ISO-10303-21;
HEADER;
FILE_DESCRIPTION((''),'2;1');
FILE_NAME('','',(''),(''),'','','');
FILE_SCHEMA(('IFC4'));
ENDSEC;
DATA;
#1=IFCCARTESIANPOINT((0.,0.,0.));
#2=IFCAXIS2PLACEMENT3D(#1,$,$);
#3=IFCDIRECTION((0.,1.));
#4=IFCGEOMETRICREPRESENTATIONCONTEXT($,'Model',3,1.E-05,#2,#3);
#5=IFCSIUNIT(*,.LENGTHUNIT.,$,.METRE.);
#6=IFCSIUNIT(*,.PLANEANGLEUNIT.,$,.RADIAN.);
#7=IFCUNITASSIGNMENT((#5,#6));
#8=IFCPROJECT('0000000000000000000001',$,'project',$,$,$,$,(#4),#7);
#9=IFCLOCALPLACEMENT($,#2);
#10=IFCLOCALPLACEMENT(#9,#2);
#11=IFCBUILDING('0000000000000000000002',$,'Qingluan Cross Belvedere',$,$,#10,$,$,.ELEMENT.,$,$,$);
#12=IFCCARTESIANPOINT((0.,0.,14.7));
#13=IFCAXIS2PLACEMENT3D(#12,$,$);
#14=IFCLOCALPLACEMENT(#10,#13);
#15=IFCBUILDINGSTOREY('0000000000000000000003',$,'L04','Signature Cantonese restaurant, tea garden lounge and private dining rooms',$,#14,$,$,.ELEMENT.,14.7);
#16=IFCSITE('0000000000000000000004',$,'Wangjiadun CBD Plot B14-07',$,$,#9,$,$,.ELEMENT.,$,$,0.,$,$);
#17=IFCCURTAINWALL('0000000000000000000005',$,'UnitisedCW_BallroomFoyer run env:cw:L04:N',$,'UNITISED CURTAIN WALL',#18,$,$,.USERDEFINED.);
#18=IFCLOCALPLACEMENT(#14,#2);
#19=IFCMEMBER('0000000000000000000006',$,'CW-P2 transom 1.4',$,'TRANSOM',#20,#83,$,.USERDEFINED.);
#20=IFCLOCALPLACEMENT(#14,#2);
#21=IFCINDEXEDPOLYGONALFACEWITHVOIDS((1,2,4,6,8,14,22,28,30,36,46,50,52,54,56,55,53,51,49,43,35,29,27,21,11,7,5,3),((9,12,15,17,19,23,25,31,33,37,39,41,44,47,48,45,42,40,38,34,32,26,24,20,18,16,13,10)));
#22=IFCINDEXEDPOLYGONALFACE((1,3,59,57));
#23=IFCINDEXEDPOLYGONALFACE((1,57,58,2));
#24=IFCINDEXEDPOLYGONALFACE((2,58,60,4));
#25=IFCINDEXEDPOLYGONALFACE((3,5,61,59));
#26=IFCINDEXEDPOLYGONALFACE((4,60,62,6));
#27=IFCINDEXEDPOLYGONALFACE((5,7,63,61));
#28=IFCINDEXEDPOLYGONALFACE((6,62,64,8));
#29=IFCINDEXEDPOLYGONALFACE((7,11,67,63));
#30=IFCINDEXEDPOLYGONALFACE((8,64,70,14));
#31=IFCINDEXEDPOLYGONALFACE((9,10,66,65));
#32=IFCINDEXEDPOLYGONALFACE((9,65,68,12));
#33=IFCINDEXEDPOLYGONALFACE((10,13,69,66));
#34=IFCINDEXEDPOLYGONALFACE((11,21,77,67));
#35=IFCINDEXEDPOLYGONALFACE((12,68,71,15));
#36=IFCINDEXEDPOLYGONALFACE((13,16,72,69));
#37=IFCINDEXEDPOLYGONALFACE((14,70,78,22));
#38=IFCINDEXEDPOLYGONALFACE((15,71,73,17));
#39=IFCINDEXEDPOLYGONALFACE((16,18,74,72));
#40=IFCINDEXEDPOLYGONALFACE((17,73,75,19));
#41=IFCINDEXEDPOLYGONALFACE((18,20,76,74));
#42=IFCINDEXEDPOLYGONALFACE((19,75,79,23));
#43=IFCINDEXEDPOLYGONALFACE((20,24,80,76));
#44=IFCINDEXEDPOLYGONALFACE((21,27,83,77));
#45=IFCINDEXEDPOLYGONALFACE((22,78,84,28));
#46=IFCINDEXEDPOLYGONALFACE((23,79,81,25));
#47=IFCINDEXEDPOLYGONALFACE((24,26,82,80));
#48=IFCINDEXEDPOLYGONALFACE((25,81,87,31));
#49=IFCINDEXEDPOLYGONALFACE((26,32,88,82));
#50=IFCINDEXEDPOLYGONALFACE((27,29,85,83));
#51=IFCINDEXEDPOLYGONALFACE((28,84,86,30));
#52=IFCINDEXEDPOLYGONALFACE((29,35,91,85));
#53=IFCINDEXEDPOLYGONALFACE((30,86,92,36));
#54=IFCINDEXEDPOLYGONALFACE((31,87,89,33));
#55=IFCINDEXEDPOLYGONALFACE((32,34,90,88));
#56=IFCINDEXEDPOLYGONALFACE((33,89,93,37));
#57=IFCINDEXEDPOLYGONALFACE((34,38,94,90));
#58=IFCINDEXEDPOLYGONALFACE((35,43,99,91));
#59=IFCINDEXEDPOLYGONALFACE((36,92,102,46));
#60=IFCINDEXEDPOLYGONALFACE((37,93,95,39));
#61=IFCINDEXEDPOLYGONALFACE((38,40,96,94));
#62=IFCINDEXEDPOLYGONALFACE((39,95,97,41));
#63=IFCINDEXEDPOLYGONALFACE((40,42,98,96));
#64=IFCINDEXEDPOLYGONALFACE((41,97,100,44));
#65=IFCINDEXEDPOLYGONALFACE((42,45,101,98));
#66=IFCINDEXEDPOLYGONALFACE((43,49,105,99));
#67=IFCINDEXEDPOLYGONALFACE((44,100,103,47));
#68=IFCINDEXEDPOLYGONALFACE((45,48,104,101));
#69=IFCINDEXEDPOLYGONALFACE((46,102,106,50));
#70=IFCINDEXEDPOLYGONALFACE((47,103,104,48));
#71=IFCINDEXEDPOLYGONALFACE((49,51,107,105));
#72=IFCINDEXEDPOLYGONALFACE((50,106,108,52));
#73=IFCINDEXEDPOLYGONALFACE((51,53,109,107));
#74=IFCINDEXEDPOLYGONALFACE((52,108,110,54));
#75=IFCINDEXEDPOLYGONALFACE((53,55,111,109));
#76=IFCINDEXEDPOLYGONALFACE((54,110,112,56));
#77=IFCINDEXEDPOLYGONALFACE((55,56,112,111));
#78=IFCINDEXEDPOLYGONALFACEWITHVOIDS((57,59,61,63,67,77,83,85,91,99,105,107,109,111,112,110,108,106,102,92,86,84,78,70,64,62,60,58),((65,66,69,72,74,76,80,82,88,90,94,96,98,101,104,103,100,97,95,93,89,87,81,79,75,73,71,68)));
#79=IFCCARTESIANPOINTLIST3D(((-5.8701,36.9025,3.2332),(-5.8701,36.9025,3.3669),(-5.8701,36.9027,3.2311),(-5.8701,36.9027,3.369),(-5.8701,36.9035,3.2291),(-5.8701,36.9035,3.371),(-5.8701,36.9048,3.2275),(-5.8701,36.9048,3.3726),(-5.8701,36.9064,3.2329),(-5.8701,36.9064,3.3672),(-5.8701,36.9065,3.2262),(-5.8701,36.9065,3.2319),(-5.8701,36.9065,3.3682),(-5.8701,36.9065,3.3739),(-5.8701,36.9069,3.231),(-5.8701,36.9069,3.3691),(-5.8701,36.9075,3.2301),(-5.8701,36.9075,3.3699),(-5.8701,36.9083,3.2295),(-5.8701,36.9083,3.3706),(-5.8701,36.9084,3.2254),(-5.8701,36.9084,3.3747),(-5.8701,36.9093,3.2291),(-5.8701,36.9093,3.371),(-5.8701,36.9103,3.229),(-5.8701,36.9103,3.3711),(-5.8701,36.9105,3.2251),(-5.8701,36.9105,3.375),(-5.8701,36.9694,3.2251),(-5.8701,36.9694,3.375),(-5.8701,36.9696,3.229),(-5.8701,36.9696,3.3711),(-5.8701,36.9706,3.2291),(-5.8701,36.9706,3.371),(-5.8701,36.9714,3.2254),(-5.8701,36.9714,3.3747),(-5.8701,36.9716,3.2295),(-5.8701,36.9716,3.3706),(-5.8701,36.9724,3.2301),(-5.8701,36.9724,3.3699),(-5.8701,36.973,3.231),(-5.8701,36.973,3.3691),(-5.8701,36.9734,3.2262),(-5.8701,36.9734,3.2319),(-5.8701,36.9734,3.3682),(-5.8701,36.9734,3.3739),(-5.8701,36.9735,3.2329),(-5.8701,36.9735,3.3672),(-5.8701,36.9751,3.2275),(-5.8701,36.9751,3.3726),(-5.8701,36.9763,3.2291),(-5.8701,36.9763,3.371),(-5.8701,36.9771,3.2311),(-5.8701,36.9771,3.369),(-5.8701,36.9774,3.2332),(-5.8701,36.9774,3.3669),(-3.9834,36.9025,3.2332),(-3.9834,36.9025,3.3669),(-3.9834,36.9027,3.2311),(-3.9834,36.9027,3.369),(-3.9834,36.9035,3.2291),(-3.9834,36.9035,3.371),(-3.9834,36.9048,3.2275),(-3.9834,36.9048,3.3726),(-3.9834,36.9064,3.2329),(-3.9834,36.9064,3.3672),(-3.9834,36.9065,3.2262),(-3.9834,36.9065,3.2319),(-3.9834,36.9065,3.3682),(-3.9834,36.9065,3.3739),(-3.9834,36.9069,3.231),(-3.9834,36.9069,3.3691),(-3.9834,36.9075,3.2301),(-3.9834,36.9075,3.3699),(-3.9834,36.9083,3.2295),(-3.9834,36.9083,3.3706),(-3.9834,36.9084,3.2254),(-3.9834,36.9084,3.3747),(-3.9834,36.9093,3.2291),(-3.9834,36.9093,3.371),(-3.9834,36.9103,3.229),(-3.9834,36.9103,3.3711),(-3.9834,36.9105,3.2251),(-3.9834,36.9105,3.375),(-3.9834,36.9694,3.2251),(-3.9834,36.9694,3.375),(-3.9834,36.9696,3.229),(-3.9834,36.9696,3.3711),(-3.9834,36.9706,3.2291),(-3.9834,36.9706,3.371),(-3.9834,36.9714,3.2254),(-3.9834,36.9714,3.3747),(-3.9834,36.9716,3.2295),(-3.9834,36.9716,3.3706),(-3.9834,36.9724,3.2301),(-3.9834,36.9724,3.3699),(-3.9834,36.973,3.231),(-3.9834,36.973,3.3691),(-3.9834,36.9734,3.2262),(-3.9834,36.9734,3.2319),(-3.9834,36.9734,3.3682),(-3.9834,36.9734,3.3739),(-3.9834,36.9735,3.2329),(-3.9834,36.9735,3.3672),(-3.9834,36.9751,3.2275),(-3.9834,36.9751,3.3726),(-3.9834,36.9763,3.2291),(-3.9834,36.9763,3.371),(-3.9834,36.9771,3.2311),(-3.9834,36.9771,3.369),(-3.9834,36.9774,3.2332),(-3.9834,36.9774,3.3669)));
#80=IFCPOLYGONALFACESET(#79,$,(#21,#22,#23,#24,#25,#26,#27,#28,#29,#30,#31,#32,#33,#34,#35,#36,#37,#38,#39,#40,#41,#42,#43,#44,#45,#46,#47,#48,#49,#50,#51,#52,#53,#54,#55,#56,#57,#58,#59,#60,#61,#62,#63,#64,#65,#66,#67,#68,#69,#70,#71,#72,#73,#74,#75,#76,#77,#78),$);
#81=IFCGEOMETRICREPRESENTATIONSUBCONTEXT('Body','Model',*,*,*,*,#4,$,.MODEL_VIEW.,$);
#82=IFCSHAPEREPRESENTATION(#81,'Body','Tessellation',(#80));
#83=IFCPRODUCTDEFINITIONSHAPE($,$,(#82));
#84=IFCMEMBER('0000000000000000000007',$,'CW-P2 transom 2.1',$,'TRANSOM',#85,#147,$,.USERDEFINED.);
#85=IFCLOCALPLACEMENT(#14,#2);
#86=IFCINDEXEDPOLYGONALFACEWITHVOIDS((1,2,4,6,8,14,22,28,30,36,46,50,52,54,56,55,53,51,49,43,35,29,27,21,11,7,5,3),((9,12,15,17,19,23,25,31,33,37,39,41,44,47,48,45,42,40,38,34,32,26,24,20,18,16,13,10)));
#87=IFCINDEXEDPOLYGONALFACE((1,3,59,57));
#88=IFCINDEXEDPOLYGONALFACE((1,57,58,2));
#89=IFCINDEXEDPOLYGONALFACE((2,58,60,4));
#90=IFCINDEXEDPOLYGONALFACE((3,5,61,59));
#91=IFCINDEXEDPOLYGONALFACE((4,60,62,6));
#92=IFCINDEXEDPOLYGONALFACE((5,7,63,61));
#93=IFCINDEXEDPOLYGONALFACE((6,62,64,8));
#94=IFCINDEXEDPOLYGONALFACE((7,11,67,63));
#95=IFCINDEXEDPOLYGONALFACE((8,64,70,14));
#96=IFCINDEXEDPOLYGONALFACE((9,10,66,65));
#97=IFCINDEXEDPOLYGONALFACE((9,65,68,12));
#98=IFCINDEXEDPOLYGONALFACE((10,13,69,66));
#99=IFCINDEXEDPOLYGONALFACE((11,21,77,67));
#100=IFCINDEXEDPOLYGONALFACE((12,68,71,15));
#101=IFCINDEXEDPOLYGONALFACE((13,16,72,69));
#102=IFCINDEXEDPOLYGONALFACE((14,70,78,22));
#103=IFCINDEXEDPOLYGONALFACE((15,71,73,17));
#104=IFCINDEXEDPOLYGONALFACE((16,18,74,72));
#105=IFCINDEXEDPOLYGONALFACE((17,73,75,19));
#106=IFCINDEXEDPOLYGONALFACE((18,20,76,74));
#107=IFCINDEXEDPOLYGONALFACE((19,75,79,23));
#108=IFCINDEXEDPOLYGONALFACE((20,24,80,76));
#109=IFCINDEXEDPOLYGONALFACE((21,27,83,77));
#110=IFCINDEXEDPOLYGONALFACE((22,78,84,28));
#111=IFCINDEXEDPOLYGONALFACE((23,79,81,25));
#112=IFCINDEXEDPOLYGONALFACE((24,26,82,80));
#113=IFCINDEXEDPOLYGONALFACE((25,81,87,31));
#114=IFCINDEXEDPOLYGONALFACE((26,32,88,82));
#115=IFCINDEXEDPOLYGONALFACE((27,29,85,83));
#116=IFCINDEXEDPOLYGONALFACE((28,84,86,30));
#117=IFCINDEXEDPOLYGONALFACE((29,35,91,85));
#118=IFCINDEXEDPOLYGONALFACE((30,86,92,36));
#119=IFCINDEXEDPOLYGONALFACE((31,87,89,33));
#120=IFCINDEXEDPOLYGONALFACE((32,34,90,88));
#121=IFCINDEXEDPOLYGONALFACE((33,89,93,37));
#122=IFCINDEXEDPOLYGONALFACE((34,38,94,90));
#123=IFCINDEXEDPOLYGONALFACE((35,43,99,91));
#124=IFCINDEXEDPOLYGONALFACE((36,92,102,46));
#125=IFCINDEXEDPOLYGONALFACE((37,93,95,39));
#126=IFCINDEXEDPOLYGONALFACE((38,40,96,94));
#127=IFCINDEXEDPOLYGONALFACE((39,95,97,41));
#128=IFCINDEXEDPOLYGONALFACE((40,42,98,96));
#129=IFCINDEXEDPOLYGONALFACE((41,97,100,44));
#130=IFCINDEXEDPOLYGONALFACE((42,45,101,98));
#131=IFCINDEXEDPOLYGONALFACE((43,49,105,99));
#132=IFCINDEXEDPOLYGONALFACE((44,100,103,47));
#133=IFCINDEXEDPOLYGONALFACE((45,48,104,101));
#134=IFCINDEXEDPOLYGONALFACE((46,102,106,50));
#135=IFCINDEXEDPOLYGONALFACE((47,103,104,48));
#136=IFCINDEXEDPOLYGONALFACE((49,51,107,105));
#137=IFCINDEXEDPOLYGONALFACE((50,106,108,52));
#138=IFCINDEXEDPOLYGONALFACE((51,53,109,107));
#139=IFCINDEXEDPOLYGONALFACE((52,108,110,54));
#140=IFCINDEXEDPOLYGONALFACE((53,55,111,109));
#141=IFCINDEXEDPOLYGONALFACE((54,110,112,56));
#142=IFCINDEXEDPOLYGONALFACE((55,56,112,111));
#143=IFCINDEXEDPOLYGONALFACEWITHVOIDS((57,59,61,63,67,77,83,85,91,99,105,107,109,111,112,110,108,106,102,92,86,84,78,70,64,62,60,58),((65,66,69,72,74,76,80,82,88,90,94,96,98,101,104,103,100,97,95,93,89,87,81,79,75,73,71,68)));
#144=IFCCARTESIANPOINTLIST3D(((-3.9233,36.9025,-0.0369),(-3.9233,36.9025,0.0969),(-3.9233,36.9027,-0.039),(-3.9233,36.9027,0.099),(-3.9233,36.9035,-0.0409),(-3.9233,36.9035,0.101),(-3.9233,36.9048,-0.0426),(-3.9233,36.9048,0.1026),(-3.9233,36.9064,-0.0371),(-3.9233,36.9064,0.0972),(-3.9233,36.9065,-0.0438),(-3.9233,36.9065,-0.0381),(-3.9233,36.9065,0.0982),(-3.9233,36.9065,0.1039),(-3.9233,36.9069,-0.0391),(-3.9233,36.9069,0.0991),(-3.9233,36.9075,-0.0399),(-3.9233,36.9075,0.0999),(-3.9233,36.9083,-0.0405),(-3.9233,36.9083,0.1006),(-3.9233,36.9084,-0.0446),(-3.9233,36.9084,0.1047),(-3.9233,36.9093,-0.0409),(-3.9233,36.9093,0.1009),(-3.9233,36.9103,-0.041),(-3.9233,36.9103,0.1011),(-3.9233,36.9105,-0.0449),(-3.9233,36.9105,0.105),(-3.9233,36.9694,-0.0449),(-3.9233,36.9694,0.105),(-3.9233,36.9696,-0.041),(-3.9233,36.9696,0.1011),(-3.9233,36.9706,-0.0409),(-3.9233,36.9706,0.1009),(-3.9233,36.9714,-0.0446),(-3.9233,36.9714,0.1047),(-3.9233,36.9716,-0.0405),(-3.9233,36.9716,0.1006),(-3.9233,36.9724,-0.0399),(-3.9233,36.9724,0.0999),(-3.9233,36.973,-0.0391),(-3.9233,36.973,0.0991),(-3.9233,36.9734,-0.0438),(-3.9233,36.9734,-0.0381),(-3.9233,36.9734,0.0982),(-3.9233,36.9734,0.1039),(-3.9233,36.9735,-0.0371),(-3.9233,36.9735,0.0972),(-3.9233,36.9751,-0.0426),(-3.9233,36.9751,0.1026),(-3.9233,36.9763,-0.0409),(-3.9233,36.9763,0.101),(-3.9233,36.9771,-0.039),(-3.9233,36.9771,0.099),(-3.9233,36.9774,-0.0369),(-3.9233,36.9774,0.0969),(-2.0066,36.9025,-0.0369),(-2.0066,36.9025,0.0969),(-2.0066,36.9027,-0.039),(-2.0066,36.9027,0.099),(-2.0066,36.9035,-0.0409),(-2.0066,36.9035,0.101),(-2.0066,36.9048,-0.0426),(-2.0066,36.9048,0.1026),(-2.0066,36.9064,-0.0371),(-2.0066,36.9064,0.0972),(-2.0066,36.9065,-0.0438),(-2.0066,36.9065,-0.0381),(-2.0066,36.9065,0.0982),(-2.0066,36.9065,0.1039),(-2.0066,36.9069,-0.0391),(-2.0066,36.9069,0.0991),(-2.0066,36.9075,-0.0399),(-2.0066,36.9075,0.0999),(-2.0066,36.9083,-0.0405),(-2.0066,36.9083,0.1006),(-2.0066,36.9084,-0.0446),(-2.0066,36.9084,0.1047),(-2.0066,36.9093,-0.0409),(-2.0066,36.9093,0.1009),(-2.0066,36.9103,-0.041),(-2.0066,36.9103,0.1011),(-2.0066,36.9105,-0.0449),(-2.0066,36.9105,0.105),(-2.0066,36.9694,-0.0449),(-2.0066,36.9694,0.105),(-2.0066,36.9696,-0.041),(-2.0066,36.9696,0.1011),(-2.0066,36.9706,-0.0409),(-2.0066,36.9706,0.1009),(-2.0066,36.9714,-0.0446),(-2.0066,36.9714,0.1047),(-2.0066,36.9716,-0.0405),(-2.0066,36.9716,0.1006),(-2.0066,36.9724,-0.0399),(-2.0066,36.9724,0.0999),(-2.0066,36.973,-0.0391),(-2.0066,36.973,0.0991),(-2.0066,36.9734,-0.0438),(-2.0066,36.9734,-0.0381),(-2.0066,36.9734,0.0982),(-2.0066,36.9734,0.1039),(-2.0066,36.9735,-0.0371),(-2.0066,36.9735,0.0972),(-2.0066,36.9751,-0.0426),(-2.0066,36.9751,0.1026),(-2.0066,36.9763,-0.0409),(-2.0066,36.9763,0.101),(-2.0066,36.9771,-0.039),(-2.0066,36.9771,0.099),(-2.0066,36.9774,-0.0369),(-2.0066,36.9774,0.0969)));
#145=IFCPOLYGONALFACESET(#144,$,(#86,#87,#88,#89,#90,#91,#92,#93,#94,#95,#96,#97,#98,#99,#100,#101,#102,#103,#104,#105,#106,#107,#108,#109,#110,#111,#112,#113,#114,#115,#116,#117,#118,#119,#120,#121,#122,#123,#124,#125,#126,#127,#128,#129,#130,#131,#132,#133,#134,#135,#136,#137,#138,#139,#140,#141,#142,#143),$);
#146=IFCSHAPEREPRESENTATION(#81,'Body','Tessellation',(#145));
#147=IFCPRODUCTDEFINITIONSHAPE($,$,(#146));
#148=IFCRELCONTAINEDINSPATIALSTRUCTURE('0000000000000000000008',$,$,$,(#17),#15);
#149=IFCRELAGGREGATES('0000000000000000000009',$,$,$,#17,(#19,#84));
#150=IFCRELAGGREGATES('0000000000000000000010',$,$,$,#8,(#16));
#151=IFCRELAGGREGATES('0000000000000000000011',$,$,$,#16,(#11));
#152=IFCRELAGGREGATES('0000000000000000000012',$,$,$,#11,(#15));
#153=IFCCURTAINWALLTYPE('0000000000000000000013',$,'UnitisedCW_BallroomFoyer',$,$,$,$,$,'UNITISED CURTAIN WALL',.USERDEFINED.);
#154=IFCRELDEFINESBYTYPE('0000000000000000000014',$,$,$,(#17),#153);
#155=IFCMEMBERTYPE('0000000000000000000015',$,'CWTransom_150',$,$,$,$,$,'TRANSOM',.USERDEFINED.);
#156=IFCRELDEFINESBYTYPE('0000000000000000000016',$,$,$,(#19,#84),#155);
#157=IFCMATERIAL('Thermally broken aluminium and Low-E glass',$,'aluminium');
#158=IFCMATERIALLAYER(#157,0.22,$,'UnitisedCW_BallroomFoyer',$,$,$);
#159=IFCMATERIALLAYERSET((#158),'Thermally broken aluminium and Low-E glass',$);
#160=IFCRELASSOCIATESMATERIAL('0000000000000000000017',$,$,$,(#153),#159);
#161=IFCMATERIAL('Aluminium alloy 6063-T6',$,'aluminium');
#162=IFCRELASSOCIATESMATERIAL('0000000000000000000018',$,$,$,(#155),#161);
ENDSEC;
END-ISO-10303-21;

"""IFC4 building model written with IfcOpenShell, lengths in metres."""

from ifc_helpers import new_model, si_unit, direction, frame, origin, origin_2d, place, context, subcontext, project, spatial, hollow_rectangle, extrude, material, layer, layer_set, material_profile, profile_set, type_object, element, aggregate, save


model = new_model("IFC4")

# Units and contexts
model_context = context("Model", 3, precision=1e-05, world=origin(), true_north=direction((0.0, 1.0)))
body_context = subcontext(model_context, "Body", "Model", "MODEL_VIEW")
ifc_project = project(units=[si_unit("LENGTHUNIT", "METRE"), si_unit("PLANEANGLEUNIT", "RADIAN")], contexts=[model_context])

# Site, building, storey
site_placement = place(None, origin())
site = spatial("IfcSite", under=ifc_project, at=site_placement, Name="Wangjiadun CBD Plot B14-07", CompositionType="ELEMENT", RefElevation=0.0)
building_placement = place(site_placement, origin())
building = spatial("IfcBuilding", under=site, at=building_placement, Name="Qingluan Cross Belvedere", CompositionType="ELEMENT")
storey_placement = place(building_placement, frame((0.0, 0.0, 14.7)))
storey = spatial("IfcBuildingStorey", under=building, at=storey_placement, Name="L04", Description="Signature Cantonese restaurant, tea garden lounge and private dining rooms", CompositionType="ELEMENT", Elevation=14.7)

# Curtain wall, members
ifc_material_1 = material(Name="Thermally broken aluminium and Low-E glass", Category="aluminium")
ifc_layer_1 = layer(ifc_material_1, 0.22, Name="UnitisedCW_BallroomFoyer")
ifc_layer_set_1 = layer_set([ifc_layer_1], Name="Thermally broken aluminium and Low-E glass")
curtain_wall_type = type_object("IfcCurtainWallType", Name="UnitisedCW_BallroomFoyer", ElementType="UNITISED CURTAIN WALL", PredefinedType="USERDEFINED", material=ifc_layer_set_1)
curtain_wall_placement = place(storey_placement, origin())
curtain_wall = element("IfcCurtainWall", 1, at=curtain_wall_placement, inside=storey, type_object=curtain_wall_type, Name="UnitisedCW_BallroomFoyer run env:cw:L04:N", ObjectType="UNITISED CURTAIN WALL", PredefinedType="USERDEFINED")
ifc_material_2 = material(Name="Aluminium alloy 6063-T6", Category="aluminium")
ifc_material_profile_1 = material_profile(ifc_material_2, hollow_rectangle(XDim=0.075, YDim=0.1499, WallThickness=0.0039, InnerFilletRadius=0.0039, OuterFilletRadius=0.0081, at=origin_2d()), Name="CWT150x75x4")
ifc_profile_set_1 = profile_set([ifc_material_profile_1], Name="Aluminium alloy 6063-T6")
member_type_1 = type_object("IfcMemberType", Name="CWTransom_150", ElementType="TRANSOM", PredefinedType="USERDEFINED", material=ifc_profile_set_1)
member_1_placement = place(storey_placement, frame((-5.8701, 36.9399, 3.3), z_axis=(1.0, 0.0, 0.0), x_axis=(0.0, 1.0, 0.0)))
member_1 = element("IfcMember", 2, at=member_1_placement, type_object=member_type_1, Name="CW-P2 transom 1.4", ObjectType="TRANSOM", PredefinedType="USERDEFINED", context=body_context, shape_type="SweptSolid", body=[
    extrude(hollow_rectangle(XDim=0.075, YDim=0.1499, WallThickness=0.0039, InnerFilletRadius=0.0039, OuterFilletRadius=0.0081, at=origin_2d()), origin(), (0.0, 0.0, 1.0), 1.8867),
])
member_2_placement = place(storey_placement, frame((-3.9233, 36.9399, 0.03), z_axis=(1.0, 0.0, 0.0), x_axis=(0.0, 1.0, 0.0)))
member_2 = element("IfcMember", 3, at=member_2_placement, type_object=member_type_1, Name="CW-P2 transom 2.1", ObjectType="TRANSOM", PredefinedType="USERDEFINED", context=body_context, shape_type="SweptSolid", body=[
    extrude(hollow_rectangle(XDim=0.075, YDim=0.1499, WallThickness=0.0039, InnerFilletRadius=0.0039, OuterFilletRadius=0.0081, at=origin_2d()), origin(), (0.0, 0.0, 1.0), 1.9167),
])

aggregate(curtain_wall, [member_1, member_2])

save(model, "model.ifc")
